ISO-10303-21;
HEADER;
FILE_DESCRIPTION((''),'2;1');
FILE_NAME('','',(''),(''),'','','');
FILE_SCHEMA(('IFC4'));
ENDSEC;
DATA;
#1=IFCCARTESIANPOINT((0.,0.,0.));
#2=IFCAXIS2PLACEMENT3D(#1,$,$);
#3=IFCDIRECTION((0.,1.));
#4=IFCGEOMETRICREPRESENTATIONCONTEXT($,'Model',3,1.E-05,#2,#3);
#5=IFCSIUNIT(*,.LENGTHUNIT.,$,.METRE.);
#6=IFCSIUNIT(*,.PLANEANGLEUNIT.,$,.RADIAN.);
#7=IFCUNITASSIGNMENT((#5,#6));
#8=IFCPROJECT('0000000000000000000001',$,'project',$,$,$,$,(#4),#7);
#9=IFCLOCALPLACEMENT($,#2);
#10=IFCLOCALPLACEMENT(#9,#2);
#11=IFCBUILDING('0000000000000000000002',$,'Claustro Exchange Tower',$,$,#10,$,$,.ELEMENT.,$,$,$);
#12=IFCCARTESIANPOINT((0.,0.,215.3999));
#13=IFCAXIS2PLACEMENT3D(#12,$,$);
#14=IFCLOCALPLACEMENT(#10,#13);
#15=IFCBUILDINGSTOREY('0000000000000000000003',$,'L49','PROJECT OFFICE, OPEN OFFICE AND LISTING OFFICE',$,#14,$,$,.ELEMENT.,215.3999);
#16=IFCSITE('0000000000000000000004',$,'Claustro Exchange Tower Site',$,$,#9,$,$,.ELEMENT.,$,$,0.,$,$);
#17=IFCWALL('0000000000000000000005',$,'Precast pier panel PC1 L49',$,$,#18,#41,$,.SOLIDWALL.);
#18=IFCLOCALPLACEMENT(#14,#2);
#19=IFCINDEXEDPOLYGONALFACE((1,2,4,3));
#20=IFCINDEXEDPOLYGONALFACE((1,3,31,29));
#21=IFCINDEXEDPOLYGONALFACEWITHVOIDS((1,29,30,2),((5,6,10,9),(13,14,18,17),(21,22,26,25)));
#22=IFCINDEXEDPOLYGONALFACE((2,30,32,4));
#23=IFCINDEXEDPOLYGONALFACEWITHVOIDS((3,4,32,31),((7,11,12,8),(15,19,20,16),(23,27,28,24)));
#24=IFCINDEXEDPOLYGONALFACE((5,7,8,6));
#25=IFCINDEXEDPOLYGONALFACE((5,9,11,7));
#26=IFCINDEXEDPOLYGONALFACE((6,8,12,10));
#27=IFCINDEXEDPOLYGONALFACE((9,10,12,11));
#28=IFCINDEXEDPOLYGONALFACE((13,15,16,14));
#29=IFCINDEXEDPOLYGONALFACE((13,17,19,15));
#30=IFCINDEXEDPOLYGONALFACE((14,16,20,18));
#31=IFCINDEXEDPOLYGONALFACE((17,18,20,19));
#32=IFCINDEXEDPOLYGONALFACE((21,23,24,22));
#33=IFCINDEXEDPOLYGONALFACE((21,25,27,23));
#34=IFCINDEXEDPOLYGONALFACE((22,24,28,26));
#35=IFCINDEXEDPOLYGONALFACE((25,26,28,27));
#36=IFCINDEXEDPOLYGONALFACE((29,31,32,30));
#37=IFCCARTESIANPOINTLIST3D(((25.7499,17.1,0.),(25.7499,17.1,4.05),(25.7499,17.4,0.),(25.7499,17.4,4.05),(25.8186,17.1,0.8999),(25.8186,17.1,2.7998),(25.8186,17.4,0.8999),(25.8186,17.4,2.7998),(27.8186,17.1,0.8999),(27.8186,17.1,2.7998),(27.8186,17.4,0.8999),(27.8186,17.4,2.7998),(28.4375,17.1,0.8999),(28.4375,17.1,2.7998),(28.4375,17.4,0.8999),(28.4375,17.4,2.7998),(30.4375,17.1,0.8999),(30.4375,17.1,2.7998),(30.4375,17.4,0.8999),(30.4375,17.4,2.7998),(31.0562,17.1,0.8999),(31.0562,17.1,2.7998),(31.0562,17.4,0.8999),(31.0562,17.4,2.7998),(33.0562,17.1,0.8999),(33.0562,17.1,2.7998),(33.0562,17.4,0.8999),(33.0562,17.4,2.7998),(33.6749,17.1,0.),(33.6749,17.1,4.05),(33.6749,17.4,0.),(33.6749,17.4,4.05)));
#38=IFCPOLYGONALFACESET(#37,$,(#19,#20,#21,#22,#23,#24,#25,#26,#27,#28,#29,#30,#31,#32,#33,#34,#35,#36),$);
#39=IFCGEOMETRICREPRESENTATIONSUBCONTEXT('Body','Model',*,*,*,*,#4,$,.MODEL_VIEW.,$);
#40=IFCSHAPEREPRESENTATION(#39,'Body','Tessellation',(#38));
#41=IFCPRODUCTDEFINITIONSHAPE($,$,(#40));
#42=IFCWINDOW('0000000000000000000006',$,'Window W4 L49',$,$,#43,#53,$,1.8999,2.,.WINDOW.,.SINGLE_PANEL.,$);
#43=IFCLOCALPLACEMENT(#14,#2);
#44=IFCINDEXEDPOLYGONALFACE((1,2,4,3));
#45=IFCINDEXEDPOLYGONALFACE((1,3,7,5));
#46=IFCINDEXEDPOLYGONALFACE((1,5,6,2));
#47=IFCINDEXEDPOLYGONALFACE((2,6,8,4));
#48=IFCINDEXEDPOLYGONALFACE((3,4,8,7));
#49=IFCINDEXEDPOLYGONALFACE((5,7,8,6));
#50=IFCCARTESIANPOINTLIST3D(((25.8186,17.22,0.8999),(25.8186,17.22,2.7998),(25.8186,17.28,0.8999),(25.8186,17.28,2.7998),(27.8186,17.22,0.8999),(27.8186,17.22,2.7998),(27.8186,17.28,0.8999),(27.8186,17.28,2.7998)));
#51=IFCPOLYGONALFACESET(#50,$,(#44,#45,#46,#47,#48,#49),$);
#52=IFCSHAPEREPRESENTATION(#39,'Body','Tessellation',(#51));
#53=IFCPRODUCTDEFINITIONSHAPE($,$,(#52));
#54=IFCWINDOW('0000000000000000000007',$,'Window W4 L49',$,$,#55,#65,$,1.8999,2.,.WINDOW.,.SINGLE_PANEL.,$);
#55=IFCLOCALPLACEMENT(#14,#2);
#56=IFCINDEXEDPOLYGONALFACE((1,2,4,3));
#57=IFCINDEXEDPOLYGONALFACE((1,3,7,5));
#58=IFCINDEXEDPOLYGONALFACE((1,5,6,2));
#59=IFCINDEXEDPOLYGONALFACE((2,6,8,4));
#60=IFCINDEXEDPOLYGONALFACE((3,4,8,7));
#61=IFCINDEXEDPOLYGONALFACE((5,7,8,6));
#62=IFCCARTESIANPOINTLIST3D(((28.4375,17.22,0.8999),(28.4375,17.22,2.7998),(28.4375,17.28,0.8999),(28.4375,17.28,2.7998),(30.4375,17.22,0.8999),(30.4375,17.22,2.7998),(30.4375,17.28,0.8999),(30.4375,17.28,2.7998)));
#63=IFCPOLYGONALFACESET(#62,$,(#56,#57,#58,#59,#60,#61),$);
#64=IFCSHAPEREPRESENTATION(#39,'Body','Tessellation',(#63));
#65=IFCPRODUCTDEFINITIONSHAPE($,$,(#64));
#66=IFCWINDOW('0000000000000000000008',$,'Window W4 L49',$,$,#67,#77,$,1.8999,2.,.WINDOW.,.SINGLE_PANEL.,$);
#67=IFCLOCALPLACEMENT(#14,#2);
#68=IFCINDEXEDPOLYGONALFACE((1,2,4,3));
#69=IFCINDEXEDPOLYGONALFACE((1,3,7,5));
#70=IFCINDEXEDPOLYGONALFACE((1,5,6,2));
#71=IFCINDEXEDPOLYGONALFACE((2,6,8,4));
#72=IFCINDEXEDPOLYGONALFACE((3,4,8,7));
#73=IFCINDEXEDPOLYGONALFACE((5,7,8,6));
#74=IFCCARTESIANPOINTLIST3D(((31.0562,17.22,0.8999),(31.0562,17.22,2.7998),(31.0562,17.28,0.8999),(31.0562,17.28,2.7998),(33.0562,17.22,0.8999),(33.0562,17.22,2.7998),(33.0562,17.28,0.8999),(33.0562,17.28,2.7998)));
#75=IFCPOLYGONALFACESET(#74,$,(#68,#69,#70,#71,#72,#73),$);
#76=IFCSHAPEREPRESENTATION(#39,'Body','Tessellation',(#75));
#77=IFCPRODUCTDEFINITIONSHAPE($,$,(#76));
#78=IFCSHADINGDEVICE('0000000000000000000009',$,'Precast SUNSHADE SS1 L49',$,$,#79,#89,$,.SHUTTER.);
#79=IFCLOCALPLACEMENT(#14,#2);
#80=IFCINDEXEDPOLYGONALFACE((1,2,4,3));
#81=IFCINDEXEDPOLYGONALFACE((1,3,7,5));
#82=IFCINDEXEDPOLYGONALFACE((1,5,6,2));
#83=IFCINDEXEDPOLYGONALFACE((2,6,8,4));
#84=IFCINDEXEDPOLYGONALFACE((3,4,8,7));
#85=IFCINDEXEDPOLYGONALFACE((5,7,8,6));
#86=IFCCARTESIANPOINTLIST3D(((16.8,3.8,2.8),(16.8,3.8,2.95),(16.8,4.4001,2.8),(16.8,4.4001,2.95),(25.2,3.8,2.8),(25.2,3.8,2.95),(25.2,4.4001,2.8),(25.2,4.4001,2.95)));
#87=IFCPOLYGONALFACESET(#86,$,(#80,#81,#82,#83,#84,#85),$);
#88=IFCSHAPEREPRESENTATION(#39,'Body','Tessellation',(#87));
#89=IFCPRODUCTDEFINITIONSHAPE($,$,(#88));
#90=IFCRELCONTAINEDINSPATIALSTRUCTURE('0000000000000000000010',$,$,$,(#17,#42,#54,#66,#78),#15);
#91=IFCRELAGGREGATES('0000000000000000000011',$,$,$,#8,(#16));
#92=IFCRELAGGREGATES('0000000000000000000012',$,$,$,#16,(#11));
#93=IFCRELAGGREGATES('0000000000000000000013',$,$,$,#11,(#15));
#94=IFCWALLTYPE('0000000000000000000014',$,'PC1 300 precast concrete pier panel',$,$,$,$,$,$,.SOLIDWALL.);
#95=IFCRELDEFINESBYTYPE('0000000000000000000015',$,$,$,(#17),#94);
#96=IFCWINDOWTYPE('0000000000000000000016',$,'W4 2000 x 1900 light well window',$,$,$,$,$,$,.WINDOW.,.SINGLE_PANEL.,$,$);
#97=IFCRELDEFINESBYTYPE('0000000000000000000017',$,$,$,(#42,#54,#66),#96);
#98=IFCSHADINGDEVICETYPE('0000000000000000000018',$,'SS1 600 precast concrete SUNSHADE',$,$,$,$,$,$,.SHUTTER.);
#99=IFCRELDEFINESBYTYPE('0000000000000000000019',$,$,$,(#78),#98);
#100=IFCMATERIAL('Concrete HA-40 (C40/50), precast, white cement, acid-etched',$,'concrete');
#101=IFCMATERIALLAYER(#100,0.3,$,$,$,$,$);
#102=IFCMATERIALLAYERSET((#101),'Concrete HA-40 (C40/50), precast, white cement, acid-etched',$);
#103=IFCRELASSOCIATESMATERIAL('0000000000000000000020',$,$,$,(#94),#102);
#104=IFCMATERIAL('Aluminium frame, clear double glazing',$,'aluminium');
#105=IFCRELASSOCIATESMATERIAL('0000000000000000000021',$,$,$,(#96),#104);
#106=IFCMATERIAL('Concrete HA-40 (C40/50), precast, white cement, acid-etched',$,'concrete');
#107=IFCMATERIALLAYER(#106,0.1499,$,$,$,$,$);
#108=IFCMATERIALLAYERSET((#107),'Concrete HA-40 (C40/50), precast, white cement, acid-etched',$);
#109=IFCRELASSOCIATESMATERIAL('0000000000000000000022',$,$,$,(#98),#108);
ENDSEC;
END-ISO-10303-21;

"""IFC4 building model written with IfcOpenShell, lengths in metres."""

from ifc_helpers import new_model, si_unit, direction, frame, frame_2d, origin, origin_2d, place, context, subcontext, project, spatial, rectangle, extrude, material, layer, layer_set, type_object, element, fill, save


model = new_model("IFC4")

# Units and contexts
model_context = context("Model", 3, precision=1e-05, world=origin(), true_north=direction((0.0, 1.0)))
body_context = subcontext(model_context, "Body", "Model", "MODEL_VIEW")
ifc_project = project(units=[si_unit("LENGTHUNIT", "METRE"), si_unit("PLANEANGLEUNIT", "RADIAN")], contexts=[model_context])

# Site, building, storey
site_placement = place(None, origin())
site = spatial("IfcSite", under=ifc_project, at=site_placement, Name="Claustro Exchange Tower Site", CompositionType="ELEMENT", RefElevation=0.0)
building_placement = place(site_placement, origin())
building = spatial("IfcBuilding", under=site, at=building_placement, Name="Claustro Exchange Tower", CompositionType="ELEMENT")
storey_placement = place(building_placement, frame((0.0, 0.0, 215.3999)))
storey = spatial("IfcBuildingStorey", under=building, at=storey_placement, Name="L49", Description="PROJECT OFFICE, OPEN OFFICE AND LISTING OFFICE", CompositionType="ELEMENT", Elevation=215.3999)

# Wall, openings, windows
ifc_material_1 = material(Name="Concrete HA-40 (C40/50), precast, white cement, acid-etched", Category="concrete")
ifc_layer_1 = layer(ifc_material_1, 0.3)
ifc_layer_set_1 = layer_set([ifc_layer_1], Name="Concrete HA-40 (C40/50), precast, white cement, acid-etched")
wall_type_1 = type_object("IfcWallType", Name="PC1 300 precast concrete pier panel", PredefinedType="SOLIDWALL", material=ifc_layer_set_1)
wall_1_placement = place(storey_placement, frame((25.75, 17.25, 0.0), z_axis=(0.0, 0.0, 1.0), x_axis=(1.0, 0.0, 0.0)))
wall_1 = element("IfcWall", 1, at=wall_1_placement, inside=storey, type_object=wall_type_1, Name="Precast pier panel PC1 L49", PredefinedType="SOLIDWALL", context=body_context, shape_type="SweptSolid", body=[
    extrude(rectangle(XDim=7.925, YDim=0.3, at=frame_2d((3.9624, 0.0))), origin(), (0.0, 0.0, 1.0), 4.05),
])
opening_1_placement = place(wall_1_placement, frame((0.0686, 0.0, 0.8999)))
opening_1 = element("IfcOpeningElement", 2, at=opening_1_placement, cuts=wall_1, PredefinedType="OPENING", context=body_context, shape_type="SweptSolid", body=[
    extrude(rectangle(XDim=2.0, YDim=1.8999, at=frame_2d((1.0, 0.95))), frame((0.0, 0.1599, 0.0), z_axis=(0.0, -1.0, 0.0), x_axis=(1.0, 0.0, 0.0)), (0.0, 0.0, 1.0), 0.3201),
])
opening_2_placement = place(wall_1_placement, frame((2.6875, 0.0, 0.8999)))
opening_2 = element("IfcOpeningElement", 3, at=opening_2_placement, cuts=wall_1, PredefinedType="OPENING", context=body_context, shape_type="SweptSolid", body=[
    extrude(rectangle(XDim=2.0, YDim=1.8999, at=frame_2d((1.0, 0.95))), frame((0.0, 0.1599, 0.0), z_axis=(0.0, -1.0, 0.0), x_axis=(1.0, 0.0, 0.0)), (0.0, 0.0, 1.0), 0.3201),
])
opening_3_placement = place(wall_1_placement, frame((5.3062, 0.0, 0.8999)))
opening_3 = element("IfcOpeningElement", 4, at=opening_3_placement, cuts=wall_1, PredefinedType="OPENING", context=body_context, shape_type="SweptSolid", body=[
    extrude(rectangle(XDim=2.0, YDim=1.8999, at=frame_2d((1.0, 0.95))), frame((0.0, 0.1599, 0.0), z_axis=(0.0, -1.0, 0.0), x_axis=(1.0, 0.0, 0.0)), (0.0, 0.0, 1.0), 0.3201),
])
ifc_material_2 = material(Name="Aluminium frame, clear double glazing", Category="aluminium")
window_type_1 = type_object("IfcWindowType", Name="W4 2000 x 1900 light well window", PartitioningType="SINGLE_PANEL", PredefinedType="WINDOW", material=ifc_material_2)
window_1_placement = place(opening_1_placement, origin())
window_1 = element("IfcWindow", 5, at=window_1_placement, inside=storey, type_object=window_type_1, Name="Window W4 L49", OverallHeight=1.8999, OverallWidth=2.0, PartitioningType="SINGLE_PANEL", PredefinedType="WINDOW", context=body_context, shape_type="SweptSolid", body=[
    extrude(rectangle(XDim=2.0, YDim=1.8999, at=frame_2d((1.0, 0.95))), frame((0.0, 0.03, 0.0), z_axis=(0.0, -1.0, 0.0), x_axis=(1.0, 0.0, 0.0)), (0.0, 0.0, 1.0), 0.0601),
])
fill(opening_1, window_1)
window_2_placement = place(opening_2_placement, origin())
window_2 = element("IfcWindow", 6, at=window_2_placement, inside=storey, type_object=window_type_1, Name="Window W4 L49", OverallHeight=1.8999, OverallWidth=2.0, PartitioningType="SINGLE_PANEL", PredefinedType="WINDOW", context=body_context, shape_type="SweptSolid", body=[
    extrude(rectangle(XDim=2.0, YDim=1.8999, at=frame_2d((1.0, 0.95))), frame((0.0, 0.03, 0.0), z_axis=(0.0, -1.0, 0.0), x_axis=(1.0, 0.0, 0.0)), (0.0, 0.0, 1.0), 0.0601),
])
fill(opening_2, window_2)
window_3_placement = place(opening_3_placement, origin())
window_3 = element("IfcWindow", 7, at=window_3_placement, inside=storey, type_object=window_type_1, Name="Window W4 L49", OverallHeight=1.8999, OverallWidth=2.0, PartitioningType="SINGLE_PANEL", PredefinedType="WINDOW", context=body_context, shape_type="SweptSolid", body=[
    extrude(rectangle(XDim=2.0, YDim=1.8999, at=frame_2d((1.0, 0.95))), frame((0.0, 0.03, 0.0), z_axis=(0.0, -1.0, 0.0), x_axis=(1.0, 0.0, 0.0)), (0.0, 0.0, 1.0), 0.0601),
])
fill(opening_3, window_3)

# Shading device
ifc_material_3 = material(Name="Concrete HA-40 (C40/50), precast, white cement, acid-etched", Category="concrete")
ifc_layer_2 = layer(ifc_material_3, 0.1499)
ifc_layer_set_2 = layer_set([ifc_layer_2], Name="Concrete HA-40 (C40/50), precast, white cement, acid-etched")
shading_device_type = type_object("IfcShadingDeviceType", Name="SS1 600 precast concrete SUNSHADE", PredefinedType="SHUTTER", material=ifc_layer_set_2)
shading_device_placement = place(storey_placement, frame((21.0, 4.1001, 2.8), z_axis=(0.0, 0.0, 1.0), x_axis=(-1.0, 0.0, 0.0)))
element("IfcShadingDevice", 8, at=shading_device_placement, inside=storey, type_object=shading_device_type, Name="Precast SUNSHADE SS1 L49", PredefinedType="SHUTTER", context=body_context, shape_type="SweptSolid", body=[
    extrude(rectangle(XDim=8.3999, YDim=0.6001, at=origin_2d()), origin(), (0.0, 0.0, 1.0), 0.1499),
])

save(model, "model.ifc")
